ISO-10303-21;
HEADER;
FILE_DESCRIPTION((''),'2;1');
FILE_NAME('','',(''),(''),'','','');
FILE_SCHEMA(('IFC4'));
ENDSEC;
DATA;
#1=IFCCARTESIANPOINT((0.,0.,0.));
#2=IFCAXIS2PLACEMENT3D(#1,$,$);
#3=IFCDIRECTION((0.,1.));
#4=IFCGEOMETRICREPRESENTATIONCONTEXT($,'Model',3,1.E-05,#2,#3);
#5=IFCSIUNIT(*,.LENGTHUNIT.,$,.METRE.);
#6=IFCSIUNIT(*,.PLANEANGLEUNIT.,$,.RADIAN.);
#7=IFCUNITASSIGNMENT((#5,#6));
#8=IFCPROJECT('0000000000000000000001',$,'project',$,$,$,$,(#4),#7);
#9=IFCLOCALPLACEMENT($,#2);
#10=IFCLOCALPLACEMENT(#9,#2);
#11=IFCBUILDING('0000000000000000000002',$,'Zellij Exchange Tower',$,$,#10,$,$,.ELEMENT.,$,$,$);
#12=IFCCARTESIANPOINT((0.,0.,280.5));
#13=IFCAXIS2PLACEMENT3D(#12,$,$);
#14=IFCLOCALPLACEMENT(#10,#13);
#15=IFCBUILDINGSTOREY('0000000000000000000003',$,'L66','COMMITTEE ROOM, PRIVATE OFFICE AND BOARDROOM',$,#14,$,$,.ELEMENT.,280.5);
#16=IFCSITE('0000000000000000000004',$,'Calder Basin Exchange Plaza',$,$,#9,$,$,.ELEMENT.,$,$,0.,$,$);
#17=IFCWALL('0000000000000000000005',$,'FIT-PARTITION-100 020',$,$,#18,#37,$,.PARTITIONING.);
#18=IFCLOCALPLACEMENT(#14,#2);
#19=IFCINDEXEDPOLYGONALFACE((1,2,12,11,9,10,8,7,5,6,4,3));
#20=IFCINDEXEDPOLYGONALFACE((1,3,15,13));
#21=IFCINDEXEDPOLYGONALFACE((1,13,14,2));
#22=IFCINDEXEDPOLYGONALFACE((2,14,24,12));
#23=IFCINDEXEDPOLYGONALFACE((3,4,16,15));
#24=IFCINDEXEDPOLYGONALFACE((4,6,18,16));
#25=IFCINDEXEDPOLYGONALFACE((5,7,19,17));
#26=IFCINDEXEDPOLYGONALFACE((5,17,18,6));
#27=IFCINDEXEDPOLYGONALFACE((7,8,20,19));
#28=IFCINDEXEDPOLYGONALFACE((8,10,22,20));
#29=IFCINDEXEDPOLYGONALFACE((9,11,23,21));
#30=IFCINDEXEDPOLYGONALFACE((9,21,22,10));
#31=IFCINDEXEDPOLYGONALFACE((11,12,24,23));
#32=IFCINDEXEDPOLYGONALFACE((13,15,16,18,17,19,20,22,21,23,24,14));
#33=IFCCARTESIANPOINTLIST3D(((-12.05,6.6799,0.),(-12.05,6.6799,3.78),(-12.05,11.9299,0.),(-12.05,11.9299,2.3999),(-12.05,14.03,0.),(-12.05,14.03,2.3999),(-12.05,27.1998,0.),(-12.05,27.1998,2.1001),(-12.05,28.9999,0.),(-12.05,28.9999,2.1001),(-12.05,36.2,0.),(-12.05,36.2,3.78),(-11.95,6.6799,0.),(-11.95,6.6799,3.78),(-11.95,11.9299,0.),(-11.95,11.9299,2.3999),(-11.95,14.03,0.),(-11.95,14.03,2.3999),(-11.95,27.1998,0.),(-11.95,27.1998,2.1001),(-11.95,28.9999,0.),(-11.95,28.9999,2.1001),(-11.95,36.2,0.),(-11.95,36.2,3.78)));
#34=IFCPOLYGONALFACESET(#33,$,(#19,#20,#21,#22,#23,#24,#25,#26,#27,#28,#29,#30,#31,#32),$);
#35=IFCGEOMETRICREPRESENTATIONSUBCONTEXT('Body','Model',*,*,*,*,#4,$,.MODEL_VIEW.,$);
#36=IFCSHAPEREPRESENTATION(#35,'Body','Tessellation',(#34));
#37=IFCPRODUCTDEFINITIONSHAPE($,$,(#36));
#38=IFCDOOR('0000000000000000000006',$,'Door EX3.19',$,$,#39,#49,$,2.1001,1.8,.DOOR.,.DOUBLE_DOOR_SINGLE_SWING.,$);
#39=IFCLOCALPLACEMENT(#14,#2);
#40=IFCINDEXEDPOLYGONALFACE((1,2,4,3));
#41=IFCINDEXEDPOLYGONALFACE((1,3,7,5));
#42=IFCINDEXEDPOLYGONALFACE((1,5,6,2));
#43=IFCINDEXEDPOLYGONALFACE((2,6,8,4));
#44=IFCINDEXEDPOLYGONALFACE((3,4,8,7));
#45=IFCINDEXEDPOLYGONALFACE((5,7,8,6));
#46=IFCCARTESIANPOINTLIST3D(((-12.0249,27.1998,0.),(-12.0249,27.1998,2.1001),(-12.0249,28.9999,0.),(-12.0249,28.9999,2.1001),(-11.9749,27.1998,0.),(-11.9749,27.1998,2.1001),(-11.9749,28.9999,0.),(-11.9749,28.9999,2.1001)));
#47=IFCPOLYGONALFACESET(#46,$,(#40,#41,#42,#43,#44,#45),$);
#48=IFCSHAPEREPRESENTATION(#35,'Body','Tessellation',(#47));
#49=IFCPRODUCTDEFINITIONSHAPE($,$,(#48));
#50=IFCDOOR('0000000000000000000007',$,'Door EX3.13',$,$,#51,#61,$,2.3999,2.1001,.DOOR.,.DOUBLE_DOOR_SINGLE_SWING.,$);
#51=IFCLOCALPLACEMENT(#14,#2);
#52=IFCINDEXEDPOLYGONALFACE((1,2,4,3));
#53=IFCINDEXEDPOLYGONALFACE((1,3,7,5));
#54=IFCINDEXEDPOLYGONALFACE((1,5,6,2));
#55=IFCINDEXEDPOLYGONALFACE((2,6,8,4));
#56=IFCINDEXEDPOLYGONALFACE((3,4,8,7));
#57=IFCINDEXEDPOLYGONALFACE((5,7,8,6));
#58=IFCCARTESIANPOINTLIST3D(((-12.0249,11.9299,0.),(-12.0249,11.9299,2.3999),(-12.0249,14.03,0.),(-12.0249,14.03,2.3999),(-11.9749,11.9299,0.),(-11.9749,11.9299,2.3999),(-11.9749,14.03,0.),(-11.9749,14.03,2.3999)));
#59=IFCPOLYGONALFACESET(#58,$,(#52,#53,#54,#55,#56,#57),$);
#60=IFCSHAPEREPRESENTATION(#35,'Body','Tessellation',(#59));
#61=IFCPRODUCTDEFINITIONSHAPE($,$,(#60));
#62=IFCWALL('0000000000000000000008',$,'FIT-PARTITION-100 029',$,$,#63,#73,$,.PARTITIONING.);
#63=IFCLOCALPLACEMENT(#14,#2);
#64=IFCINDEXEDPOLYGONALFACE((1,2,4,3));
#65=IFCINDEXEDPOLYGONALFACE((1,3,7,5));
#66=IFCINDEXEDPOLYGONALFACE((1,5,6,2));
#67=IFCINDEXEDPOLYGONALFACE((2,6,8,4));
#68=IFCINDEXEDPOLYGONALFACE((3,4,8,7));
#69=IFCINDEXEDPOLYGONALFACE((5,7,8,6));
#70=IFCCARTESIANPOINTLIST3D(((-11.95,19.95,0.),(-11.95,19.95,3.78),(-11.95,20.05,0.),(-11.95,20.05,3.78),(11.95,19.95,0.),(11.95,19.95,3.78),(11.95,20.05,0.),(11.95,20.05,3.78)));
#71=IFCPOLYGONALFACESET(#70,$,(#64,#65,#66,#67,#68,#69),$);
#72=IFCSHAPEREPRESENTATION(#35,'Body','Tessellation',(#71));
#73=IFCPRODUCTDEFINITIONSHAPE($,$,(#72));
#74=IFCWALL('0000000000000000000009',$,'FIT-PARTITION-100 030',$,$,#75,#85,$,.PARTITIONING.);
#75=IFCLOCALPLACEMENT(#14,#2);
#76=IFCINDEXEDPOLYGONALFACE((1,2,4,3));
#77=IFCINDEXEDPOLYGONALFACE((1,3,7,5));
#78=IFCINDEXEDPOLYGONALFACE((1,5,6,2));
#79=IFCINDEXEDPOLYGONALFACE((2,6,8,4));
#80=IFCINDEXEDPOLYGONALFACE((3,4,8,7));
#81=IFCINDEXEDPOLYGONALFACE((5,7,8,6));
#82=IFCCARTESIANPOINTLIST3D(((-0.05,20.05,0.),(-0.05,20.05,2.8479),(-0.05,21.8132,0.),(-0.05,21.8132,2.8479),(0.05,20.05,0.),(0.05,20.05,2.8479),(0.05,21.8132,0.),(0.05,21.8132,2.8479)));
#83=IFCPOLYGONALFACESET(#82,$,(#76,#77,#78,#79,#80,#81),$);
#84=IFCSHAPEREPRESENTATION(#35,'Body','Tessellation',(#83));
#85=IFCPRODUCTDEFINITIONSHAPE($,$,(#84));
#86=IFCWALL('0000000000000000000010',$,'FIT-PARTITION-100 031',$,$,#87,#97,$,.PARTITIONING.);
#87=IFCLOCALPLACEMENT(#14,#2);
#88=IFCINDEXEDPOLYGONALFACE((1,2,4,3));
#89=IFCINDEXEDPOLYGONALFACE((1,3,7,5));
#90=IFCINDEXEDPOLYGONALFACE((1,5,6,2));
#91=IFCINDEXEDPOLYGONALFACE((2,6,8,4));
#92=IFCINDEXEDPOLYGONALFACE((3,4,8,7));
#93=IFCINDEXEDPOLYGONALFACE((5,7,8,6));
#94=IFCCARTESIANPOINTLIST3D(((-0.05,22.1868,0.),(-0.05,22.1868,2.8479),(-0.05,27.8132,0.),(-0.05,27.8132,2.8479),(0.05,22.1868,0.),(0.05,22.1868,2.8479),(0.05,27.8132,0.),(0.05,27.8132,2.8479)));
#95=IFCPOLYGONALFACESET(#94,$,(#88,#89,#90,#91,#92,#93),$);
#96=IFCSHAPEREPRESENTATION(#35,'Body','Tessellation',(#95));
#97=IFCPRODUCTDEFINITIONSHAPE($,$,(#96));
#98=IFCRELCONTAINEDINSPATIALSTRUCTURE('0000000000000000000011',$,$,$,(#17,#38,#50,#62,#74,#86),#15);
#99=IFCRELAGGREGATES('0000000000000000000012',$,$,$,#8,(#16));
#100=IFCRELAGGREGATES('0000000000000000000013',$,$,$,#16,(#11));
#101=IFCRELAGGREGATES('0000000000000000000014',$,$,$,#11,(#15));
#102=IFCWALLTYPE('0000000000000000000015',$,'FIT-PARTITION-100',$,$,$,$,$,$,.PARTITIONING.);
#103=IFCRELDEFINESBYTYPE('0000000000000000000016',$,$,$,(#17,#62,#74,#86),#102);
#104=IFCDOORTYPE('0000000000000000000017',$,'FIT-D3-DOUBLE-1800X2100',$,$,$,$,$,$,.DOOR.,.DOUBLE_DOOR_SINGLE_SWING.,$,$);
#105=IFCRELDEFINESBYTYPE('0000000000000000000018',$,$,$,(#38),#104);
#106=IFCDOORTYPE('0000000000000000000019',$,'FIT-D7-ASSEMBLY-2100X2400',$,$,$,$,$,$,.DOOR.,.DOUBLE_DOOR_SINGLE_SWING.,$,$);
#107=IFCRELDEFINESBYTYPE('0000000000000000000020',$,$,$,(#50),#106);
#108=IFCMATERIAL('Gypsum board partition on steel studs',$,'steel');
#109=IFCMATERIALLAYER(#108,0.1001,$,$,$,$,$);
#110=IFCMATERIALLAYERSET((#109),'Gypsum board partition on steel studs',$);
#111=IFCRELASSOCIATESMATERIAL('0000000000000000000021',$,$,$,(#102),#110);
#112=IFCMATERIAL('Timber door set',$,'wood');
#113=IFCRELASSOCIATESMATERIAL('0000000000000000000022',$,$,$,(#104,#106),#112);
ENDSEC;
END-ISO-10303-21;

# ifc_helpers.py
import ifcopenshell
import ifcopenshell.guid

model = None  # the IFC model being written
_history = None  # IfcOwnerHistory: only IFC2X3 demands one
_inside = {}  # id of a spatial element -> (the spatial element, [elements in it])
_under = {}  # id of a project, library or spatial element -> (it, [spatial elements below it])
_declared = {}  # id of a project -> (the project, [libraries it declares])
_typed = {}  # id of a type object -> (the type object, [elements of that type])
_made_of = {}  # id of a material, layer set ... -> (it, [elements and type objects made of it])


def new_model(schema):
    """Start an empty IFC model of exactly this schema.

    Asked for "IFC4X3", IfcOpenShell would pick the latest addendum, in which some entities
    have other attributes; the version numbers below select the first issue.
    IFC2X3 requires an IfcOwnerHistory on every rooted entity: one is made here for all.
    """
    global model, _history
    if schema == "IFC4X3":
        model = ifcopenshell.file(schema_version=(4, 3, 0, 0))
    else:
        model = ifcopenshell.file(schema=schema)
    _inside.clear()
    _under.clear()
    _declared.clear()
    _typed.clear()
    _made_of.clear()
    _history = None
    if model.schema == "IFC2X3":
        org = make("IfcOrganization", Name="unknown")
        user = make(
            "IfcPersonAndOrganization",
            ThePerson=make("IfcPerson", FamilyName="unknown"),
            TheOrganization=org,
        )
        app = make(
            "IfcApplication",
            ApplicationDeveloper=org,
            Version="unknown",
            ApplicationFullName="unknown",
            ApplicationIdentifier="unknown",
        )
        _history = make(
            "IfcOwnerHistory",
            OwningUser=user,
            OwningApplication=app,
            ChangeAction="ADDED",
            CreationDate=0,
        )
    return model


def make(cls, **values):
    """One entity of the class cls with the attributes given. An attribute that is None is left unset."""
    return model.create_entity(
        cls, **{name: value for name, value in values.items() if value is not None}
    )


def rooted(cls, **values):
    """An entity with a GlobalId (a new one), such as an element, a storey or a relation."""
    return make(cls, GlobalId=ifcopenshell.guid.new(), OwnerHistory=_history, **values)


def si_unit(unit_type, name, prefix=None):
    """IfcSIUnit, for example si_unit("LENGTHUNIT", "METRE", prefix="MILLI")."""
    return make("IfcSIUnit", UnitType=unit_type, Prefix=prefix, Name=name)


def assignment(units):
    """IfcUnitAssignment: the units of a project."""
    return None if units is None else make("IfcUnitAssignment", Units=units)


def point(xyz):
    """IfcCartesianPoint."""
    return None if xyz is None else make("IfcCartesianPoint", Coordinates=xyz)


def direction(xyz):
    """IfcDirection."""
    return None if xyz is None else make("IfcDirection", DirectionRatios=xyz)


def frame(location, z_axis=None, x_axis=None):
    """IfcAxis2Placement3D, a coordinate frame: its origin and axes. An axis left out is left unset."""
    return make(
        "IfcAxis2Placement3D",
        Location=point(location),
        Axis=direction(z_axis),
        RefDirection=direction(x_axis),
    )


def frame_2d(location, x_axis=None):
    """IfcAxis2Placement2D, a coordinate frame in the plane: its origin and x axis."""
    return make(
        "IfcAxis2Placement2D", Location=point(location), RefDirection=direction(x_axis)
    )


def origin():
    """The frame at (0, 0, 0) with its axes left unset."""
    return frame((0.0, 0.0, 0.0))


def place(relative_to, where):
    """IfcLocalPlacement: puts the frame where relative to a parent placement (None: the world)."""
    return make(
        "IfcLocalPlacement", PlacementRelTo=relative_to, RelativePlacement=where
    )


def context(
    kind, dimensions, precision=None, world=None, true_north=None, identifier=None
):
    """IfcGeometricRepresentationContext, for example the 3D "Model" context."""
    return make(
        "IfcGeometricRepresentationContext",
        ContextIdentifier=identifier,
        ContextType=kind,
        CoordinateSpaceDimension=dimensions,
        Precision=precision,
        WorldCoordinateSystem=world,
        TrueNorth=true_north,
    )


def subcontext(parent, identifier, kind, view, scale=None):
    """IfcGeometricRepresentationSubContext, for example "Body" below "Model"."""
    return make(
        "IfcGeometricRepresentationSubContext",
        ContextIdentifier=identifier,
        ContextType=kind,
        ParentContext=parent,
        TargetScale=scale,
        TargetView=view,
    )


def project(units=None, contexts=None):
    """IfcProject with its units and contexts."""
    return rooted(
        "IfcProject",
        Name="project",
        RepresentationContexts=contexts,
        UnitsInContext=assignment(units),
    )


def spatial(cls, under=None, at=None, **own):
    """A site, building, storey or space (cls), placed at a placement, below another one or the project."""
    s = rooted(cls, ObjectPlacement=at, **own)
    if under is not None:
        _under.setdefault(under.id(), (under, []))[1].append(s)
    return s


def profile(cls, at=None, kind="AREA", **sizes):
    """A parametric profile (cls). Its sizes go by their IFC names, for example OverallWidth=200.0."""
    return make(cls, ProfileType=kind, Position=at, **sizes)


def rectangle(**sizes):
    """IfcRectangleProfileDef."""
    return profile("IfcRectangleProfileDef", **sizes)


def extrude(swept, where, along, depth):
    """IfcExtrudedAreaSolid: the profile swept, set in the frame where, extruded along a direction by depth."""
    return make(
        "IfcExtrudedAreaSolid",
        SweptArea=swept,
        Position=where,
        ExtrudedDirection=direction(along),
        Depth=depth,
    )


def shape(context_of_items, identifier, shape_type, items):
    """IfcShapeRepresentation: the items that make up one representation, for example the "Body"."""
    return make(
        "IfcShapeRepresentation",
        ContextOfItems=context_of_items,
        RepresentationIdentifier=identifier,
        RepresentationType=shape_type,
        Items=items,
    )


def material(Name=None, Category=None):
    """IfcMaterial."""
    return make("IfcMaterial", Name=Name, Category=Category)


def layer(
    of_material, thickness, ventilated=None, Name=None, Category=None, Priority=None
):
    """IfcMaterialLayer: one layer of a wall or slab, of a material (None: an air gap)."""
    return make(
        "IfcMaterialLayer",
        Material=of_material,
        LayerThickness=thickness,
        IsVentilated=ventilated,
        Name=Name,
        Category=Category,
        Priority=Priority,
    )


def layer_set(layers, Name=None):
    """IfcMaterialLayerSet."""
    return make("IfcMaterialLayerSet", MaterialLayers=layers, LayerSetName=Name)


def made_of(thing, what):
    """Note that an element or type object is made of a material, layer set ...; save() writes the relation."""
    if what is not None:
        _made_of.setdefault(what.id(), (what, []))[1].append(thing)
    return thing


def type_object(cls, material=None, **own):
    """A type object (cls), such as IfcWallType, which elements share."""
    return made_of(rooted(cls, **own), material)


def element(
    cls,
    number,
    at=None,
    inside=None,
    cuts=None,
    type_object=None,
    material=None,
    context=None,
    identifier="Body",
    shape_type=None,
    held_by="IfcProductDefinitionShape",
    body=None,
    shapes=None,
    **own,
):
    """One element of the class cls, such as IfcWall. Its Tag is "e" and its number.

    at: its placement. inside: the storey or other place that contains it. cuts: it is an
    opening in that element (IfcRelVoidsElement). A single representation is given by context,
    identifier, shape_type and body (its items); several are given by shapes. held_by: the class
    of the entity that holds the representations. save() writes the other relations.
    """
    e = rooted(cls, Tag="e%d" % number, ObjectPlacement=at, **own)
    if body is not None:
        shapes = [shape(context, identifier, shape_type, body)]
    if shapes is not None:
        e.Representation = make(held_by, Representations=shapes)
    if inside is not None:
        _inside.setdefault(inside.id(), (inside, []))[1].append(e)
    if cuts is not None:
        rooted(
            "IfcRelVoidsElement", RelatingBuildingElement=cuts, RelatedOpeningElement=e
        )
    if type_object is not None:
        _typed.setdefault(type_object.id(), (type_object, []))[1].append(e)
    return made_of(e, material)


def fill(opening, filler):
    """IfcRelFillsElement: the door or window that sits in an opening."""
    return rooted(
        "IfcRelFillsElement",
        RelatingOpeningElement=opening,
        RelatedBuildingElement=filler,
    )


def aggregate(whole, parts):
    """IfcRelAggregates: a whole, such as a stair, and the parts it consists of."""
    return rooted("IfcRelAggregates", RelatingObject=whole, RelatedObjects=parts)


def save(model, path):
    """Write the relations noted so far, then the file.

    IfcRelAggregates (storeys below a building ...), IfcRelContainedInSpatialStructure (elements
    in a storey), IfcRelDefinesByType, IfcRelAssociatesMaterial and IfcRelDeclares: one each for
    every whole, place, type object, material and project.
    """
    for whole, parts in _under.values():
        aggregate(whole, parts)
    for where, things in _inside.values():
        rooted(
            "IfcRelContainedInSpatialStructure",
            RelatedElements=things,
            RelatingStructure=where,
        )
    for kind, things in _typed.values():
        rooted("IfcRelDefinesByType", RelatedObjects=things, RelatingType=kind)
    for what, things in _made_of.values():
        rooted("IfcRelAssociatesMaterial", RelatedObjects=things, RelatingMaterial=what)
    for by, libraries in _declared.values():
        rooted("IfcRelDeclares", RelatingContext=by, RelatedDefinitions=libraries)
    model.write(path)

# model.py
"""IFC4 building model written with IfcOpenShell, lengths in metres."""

from ifc_helpers import new_model, si_unit, direction, frame, frame_2d, origin, place, context, subcontext, project, spatial, rectangle, extrude, material, layer, layer_set, type_object, element, fill, save


model = new_model("IFC4")

# Units and contexts
model_context = context("Model", 3, precision=1e-05, world=origin(), true_north=direction((0.0, 1.0)))
body_context = subcontext(model_context, "Body", "Model", "MODEL_VIEW")
ifc_project = project(units=[si_unit("LENGTHUNIT", "METRE"), si_unit("PLANEANGLEUNIT", "RADIAN")], contexts=[model_context])

# Site, building, storey
site_placement = place(None, origin())
site = spatial("IfcSite", under=ifc_project, at=site_placement, Name="Calder Basin Exchange Plaza", CompositionType="ELEMENT", RefElevation=0.0)
building_placement = place(site_placement, origin())
building = spatial("IfcBuilding", under=site, at=building_placement, Name="Zellij Exchange Tower", CompositionType="ELEMENT")
storey_placement = place(building_placement, frame((0.0, 0.0, 280.5)))
storey = spatial("IfcBuildingStorey", under=building, at=storey_placement, Name="L66", Description="COMMITTEE ROOM, PRIVATE OFFICE AND BOARDROOM", CompositionType="ELEMENT", Elevation=280.5)

# Wall, openings, doors
ifc_material_1 = material(Name="Gypsum board partition on steel studs", Category="steel")
ifc_layer = layer(ifc_material_1, 0.1001)
ifc_layer_set = layer_set([ifc_layer], Name="Gypsum board partition on steel studs")
wall_type = type_object("IfcWallType", Name="FIT-PARTITION-100", PredefinedType="PARTITIONING", material=ifc_layer_set)
wall_1_placement = place(storey_placement, frame((-12.0, 6.6799, 0.0), z_axis=(0.0, 0.0, 1.0), x_axis=(0.0, 1.0, 0.0)))
wall_1 = element("IfcWall", 1, at=wall_1_placement, inside=storey, type_object=wall_type, Name="FIT-PARTITION-100 020", PredefinedType="PARTITIONING", context=body_context, shape_type="SweptSolid", body=[
    extrude(rectangle(XDim=29.52, YDim=0.1001, at=frame_2d((14.76, 0.0))), origin(), (0.0, 0.0, 1.0), 3.78),
])
opening_1_placement = place(wall_1_placement, frame((5.25, 0.0, 0.0)))
opening_1 = element("IfcOpeningElement", 2, at=opening_1_placement, cuts=wall_1, PredefinedType="OPENING", context=body_context, shape_type="SweptSolid", body=[
    extrude(rectangle(XDim=2.1001, YDim=2.3999, at=frame_2d((1.05, 1.2))), frame((0.0, 0.062, 0.0), z_axis=(0.0, -1.0, 0.0), x_axis=(1.0, 0.0, 0.0)), (0.0, 0.0, 1.0), 0.124),
])
opening_2_placement = place(wall_1_placement, frame((20.52, 0.0, 0.0)))
opening_2 = element("IfcOpeningElement", 3, at=opening_2_placement, cuts=wall_1, PredefinedType="OPENING", context=body_context, shape_type="SweptSolid", body=[
    extrude(rectangle(XDim=1.8, YDim=2.1001, at=frame_2d((0.8999, 1.05))), frame((0.0, 0.062, 0.0), z_axis=(0.0, -1.0, 0.0), x_axis=(1.0, 0.0, 0.0)), (0.0, 0.0, 1.0), 0.124),
])
ifc_material_2 = material(Name="Timber door set", Category="wood")
door_type_1 = type_object("IfcDoorType", Name="FIT-D3-DOUBLE-1800X2100", OperationType="DOUBLE_DOOR_SINGLE_SWING", PredefinedType="DOOR", material=ifc_material_2)
door_1_placement = place(opening_2_placement, origin())
door_1 = element("IfcDoor", 4, at=door_1_placement, inside=storey, type_object=door_type_1, Name="Door EX3.19", OperationType="DOUBLE_DOOR_SINGLE_SWING", OverallHeight=2.1001, OverallWidth=1.8, PredefinedType="DOOR", context=body_context, shape_type="SweptSolid", body=[
    extrude(rectangle(XDim=1.8, YDim=2.1001, at=frame_2d((0.8999, 1.05))), frame((0.0, 0.0249, 0.0), z_axis=(0.0, -1.0, 0.0), x_axis=(1.0, 0.0, 0.0)), (0.0, 0.0, 1.0), 0.05),
])
fill(opening_2, door_1)
door_type_2 = type_object("IfcDoorType", Name="FIT-D7-ASSEMBLY-2100X2400", OperationType="DOUBLE_DOOR_SINGLE_SWING", PredefinedType="DOOR", material=ifc_material_2)
door_2_placement = place(opening_1_placement, origin())
door_2 = element("IfcDoor", 5, at=door_2_placement, inside=storey, type_object=door_type_2, Name="Door EX3.13", OperationType="DOUBLE_DOOR_SINGLE_SWING", OverallHeight=2.3999, OverallWidth=2.1001, PredefinedType="DOOR", context=body_context, shape_type="SweptSolid", body=[
    extrude(rectangle(XDim=2.1001, YDim=2.3999, at=frame_2d((1.05, 1.2))), frame((0.0, 0.0249, 0.0), z_axis=(0.0, -1.0, 0.0), x_axis=(1.0, 0.0, 0.0)), (0.0, 0.0, 1.0), 0.05),
])
fill(opening_1, door_2)

# Walls
wall_2_placement = place(storey_placement, frame((-11.95, 20.0, 0.0), z_axis=(0.0, 0.0, 1.0), x_axis=(1.0, 0.0, 0.0)))
element("IfcWall", 6, at=wall_2_placement, inside=storey, type_object=wall_type, Name="FIT-PARTITION-100 029", PredefinedType="PARTITIONING", context=body_context, shape_type="SweptSolid", body=[
    extrude(rectangle(XDim=23.8999, YDim=0.1001, at=frame_2d((11.95, 0.0))), origin(), (0.0, 0.0, 1.0), 3.78),
])
wall_3_placement = place(storey_placement, frame((0.0, 20.05, 0.0), z_axis=(0.0, 0.0, 1.0), x_axis=(0.0, 1.0, 0.0)))
element("IfcWall", 7, at=wall_3_placement, inside=storey, type_object=wall_type, Name="FIT-PARTITION-100 030", PredefinedType="PARTITIONING", context=body_context, shape_type="SweptSolid", body=[
    extrude(rectangle(XDim=1.7632, YDim=0.1001, at=frame_2d((0.8816, 0.0))), origin(), (0.0, 0.0, 1.0), 2.8479),
])
wall_4_placement = place(storey_placement, frame((0.0, 22.1868, 0.0), z_axis=(0.0, 0.0, 1.0), x_axis=(0.0, 1.0, 0.0)))
element("IfcWall", 8, at=wall_4_placement, inside=storey, type_object=wall_type, Name="FIT-PARTITION-100 031", PredefinedType="PARTITIONING", context=body_context, shape_type="SweptSolid", body=[
    extrude(rectangle(XDim=5.6265, YDim=0.1001, at=frame_2d((2.8132, 0.0))), origin(), (0.0, 0.0, 1.0), 2.8479),
])

save(model, "model.ifc")
